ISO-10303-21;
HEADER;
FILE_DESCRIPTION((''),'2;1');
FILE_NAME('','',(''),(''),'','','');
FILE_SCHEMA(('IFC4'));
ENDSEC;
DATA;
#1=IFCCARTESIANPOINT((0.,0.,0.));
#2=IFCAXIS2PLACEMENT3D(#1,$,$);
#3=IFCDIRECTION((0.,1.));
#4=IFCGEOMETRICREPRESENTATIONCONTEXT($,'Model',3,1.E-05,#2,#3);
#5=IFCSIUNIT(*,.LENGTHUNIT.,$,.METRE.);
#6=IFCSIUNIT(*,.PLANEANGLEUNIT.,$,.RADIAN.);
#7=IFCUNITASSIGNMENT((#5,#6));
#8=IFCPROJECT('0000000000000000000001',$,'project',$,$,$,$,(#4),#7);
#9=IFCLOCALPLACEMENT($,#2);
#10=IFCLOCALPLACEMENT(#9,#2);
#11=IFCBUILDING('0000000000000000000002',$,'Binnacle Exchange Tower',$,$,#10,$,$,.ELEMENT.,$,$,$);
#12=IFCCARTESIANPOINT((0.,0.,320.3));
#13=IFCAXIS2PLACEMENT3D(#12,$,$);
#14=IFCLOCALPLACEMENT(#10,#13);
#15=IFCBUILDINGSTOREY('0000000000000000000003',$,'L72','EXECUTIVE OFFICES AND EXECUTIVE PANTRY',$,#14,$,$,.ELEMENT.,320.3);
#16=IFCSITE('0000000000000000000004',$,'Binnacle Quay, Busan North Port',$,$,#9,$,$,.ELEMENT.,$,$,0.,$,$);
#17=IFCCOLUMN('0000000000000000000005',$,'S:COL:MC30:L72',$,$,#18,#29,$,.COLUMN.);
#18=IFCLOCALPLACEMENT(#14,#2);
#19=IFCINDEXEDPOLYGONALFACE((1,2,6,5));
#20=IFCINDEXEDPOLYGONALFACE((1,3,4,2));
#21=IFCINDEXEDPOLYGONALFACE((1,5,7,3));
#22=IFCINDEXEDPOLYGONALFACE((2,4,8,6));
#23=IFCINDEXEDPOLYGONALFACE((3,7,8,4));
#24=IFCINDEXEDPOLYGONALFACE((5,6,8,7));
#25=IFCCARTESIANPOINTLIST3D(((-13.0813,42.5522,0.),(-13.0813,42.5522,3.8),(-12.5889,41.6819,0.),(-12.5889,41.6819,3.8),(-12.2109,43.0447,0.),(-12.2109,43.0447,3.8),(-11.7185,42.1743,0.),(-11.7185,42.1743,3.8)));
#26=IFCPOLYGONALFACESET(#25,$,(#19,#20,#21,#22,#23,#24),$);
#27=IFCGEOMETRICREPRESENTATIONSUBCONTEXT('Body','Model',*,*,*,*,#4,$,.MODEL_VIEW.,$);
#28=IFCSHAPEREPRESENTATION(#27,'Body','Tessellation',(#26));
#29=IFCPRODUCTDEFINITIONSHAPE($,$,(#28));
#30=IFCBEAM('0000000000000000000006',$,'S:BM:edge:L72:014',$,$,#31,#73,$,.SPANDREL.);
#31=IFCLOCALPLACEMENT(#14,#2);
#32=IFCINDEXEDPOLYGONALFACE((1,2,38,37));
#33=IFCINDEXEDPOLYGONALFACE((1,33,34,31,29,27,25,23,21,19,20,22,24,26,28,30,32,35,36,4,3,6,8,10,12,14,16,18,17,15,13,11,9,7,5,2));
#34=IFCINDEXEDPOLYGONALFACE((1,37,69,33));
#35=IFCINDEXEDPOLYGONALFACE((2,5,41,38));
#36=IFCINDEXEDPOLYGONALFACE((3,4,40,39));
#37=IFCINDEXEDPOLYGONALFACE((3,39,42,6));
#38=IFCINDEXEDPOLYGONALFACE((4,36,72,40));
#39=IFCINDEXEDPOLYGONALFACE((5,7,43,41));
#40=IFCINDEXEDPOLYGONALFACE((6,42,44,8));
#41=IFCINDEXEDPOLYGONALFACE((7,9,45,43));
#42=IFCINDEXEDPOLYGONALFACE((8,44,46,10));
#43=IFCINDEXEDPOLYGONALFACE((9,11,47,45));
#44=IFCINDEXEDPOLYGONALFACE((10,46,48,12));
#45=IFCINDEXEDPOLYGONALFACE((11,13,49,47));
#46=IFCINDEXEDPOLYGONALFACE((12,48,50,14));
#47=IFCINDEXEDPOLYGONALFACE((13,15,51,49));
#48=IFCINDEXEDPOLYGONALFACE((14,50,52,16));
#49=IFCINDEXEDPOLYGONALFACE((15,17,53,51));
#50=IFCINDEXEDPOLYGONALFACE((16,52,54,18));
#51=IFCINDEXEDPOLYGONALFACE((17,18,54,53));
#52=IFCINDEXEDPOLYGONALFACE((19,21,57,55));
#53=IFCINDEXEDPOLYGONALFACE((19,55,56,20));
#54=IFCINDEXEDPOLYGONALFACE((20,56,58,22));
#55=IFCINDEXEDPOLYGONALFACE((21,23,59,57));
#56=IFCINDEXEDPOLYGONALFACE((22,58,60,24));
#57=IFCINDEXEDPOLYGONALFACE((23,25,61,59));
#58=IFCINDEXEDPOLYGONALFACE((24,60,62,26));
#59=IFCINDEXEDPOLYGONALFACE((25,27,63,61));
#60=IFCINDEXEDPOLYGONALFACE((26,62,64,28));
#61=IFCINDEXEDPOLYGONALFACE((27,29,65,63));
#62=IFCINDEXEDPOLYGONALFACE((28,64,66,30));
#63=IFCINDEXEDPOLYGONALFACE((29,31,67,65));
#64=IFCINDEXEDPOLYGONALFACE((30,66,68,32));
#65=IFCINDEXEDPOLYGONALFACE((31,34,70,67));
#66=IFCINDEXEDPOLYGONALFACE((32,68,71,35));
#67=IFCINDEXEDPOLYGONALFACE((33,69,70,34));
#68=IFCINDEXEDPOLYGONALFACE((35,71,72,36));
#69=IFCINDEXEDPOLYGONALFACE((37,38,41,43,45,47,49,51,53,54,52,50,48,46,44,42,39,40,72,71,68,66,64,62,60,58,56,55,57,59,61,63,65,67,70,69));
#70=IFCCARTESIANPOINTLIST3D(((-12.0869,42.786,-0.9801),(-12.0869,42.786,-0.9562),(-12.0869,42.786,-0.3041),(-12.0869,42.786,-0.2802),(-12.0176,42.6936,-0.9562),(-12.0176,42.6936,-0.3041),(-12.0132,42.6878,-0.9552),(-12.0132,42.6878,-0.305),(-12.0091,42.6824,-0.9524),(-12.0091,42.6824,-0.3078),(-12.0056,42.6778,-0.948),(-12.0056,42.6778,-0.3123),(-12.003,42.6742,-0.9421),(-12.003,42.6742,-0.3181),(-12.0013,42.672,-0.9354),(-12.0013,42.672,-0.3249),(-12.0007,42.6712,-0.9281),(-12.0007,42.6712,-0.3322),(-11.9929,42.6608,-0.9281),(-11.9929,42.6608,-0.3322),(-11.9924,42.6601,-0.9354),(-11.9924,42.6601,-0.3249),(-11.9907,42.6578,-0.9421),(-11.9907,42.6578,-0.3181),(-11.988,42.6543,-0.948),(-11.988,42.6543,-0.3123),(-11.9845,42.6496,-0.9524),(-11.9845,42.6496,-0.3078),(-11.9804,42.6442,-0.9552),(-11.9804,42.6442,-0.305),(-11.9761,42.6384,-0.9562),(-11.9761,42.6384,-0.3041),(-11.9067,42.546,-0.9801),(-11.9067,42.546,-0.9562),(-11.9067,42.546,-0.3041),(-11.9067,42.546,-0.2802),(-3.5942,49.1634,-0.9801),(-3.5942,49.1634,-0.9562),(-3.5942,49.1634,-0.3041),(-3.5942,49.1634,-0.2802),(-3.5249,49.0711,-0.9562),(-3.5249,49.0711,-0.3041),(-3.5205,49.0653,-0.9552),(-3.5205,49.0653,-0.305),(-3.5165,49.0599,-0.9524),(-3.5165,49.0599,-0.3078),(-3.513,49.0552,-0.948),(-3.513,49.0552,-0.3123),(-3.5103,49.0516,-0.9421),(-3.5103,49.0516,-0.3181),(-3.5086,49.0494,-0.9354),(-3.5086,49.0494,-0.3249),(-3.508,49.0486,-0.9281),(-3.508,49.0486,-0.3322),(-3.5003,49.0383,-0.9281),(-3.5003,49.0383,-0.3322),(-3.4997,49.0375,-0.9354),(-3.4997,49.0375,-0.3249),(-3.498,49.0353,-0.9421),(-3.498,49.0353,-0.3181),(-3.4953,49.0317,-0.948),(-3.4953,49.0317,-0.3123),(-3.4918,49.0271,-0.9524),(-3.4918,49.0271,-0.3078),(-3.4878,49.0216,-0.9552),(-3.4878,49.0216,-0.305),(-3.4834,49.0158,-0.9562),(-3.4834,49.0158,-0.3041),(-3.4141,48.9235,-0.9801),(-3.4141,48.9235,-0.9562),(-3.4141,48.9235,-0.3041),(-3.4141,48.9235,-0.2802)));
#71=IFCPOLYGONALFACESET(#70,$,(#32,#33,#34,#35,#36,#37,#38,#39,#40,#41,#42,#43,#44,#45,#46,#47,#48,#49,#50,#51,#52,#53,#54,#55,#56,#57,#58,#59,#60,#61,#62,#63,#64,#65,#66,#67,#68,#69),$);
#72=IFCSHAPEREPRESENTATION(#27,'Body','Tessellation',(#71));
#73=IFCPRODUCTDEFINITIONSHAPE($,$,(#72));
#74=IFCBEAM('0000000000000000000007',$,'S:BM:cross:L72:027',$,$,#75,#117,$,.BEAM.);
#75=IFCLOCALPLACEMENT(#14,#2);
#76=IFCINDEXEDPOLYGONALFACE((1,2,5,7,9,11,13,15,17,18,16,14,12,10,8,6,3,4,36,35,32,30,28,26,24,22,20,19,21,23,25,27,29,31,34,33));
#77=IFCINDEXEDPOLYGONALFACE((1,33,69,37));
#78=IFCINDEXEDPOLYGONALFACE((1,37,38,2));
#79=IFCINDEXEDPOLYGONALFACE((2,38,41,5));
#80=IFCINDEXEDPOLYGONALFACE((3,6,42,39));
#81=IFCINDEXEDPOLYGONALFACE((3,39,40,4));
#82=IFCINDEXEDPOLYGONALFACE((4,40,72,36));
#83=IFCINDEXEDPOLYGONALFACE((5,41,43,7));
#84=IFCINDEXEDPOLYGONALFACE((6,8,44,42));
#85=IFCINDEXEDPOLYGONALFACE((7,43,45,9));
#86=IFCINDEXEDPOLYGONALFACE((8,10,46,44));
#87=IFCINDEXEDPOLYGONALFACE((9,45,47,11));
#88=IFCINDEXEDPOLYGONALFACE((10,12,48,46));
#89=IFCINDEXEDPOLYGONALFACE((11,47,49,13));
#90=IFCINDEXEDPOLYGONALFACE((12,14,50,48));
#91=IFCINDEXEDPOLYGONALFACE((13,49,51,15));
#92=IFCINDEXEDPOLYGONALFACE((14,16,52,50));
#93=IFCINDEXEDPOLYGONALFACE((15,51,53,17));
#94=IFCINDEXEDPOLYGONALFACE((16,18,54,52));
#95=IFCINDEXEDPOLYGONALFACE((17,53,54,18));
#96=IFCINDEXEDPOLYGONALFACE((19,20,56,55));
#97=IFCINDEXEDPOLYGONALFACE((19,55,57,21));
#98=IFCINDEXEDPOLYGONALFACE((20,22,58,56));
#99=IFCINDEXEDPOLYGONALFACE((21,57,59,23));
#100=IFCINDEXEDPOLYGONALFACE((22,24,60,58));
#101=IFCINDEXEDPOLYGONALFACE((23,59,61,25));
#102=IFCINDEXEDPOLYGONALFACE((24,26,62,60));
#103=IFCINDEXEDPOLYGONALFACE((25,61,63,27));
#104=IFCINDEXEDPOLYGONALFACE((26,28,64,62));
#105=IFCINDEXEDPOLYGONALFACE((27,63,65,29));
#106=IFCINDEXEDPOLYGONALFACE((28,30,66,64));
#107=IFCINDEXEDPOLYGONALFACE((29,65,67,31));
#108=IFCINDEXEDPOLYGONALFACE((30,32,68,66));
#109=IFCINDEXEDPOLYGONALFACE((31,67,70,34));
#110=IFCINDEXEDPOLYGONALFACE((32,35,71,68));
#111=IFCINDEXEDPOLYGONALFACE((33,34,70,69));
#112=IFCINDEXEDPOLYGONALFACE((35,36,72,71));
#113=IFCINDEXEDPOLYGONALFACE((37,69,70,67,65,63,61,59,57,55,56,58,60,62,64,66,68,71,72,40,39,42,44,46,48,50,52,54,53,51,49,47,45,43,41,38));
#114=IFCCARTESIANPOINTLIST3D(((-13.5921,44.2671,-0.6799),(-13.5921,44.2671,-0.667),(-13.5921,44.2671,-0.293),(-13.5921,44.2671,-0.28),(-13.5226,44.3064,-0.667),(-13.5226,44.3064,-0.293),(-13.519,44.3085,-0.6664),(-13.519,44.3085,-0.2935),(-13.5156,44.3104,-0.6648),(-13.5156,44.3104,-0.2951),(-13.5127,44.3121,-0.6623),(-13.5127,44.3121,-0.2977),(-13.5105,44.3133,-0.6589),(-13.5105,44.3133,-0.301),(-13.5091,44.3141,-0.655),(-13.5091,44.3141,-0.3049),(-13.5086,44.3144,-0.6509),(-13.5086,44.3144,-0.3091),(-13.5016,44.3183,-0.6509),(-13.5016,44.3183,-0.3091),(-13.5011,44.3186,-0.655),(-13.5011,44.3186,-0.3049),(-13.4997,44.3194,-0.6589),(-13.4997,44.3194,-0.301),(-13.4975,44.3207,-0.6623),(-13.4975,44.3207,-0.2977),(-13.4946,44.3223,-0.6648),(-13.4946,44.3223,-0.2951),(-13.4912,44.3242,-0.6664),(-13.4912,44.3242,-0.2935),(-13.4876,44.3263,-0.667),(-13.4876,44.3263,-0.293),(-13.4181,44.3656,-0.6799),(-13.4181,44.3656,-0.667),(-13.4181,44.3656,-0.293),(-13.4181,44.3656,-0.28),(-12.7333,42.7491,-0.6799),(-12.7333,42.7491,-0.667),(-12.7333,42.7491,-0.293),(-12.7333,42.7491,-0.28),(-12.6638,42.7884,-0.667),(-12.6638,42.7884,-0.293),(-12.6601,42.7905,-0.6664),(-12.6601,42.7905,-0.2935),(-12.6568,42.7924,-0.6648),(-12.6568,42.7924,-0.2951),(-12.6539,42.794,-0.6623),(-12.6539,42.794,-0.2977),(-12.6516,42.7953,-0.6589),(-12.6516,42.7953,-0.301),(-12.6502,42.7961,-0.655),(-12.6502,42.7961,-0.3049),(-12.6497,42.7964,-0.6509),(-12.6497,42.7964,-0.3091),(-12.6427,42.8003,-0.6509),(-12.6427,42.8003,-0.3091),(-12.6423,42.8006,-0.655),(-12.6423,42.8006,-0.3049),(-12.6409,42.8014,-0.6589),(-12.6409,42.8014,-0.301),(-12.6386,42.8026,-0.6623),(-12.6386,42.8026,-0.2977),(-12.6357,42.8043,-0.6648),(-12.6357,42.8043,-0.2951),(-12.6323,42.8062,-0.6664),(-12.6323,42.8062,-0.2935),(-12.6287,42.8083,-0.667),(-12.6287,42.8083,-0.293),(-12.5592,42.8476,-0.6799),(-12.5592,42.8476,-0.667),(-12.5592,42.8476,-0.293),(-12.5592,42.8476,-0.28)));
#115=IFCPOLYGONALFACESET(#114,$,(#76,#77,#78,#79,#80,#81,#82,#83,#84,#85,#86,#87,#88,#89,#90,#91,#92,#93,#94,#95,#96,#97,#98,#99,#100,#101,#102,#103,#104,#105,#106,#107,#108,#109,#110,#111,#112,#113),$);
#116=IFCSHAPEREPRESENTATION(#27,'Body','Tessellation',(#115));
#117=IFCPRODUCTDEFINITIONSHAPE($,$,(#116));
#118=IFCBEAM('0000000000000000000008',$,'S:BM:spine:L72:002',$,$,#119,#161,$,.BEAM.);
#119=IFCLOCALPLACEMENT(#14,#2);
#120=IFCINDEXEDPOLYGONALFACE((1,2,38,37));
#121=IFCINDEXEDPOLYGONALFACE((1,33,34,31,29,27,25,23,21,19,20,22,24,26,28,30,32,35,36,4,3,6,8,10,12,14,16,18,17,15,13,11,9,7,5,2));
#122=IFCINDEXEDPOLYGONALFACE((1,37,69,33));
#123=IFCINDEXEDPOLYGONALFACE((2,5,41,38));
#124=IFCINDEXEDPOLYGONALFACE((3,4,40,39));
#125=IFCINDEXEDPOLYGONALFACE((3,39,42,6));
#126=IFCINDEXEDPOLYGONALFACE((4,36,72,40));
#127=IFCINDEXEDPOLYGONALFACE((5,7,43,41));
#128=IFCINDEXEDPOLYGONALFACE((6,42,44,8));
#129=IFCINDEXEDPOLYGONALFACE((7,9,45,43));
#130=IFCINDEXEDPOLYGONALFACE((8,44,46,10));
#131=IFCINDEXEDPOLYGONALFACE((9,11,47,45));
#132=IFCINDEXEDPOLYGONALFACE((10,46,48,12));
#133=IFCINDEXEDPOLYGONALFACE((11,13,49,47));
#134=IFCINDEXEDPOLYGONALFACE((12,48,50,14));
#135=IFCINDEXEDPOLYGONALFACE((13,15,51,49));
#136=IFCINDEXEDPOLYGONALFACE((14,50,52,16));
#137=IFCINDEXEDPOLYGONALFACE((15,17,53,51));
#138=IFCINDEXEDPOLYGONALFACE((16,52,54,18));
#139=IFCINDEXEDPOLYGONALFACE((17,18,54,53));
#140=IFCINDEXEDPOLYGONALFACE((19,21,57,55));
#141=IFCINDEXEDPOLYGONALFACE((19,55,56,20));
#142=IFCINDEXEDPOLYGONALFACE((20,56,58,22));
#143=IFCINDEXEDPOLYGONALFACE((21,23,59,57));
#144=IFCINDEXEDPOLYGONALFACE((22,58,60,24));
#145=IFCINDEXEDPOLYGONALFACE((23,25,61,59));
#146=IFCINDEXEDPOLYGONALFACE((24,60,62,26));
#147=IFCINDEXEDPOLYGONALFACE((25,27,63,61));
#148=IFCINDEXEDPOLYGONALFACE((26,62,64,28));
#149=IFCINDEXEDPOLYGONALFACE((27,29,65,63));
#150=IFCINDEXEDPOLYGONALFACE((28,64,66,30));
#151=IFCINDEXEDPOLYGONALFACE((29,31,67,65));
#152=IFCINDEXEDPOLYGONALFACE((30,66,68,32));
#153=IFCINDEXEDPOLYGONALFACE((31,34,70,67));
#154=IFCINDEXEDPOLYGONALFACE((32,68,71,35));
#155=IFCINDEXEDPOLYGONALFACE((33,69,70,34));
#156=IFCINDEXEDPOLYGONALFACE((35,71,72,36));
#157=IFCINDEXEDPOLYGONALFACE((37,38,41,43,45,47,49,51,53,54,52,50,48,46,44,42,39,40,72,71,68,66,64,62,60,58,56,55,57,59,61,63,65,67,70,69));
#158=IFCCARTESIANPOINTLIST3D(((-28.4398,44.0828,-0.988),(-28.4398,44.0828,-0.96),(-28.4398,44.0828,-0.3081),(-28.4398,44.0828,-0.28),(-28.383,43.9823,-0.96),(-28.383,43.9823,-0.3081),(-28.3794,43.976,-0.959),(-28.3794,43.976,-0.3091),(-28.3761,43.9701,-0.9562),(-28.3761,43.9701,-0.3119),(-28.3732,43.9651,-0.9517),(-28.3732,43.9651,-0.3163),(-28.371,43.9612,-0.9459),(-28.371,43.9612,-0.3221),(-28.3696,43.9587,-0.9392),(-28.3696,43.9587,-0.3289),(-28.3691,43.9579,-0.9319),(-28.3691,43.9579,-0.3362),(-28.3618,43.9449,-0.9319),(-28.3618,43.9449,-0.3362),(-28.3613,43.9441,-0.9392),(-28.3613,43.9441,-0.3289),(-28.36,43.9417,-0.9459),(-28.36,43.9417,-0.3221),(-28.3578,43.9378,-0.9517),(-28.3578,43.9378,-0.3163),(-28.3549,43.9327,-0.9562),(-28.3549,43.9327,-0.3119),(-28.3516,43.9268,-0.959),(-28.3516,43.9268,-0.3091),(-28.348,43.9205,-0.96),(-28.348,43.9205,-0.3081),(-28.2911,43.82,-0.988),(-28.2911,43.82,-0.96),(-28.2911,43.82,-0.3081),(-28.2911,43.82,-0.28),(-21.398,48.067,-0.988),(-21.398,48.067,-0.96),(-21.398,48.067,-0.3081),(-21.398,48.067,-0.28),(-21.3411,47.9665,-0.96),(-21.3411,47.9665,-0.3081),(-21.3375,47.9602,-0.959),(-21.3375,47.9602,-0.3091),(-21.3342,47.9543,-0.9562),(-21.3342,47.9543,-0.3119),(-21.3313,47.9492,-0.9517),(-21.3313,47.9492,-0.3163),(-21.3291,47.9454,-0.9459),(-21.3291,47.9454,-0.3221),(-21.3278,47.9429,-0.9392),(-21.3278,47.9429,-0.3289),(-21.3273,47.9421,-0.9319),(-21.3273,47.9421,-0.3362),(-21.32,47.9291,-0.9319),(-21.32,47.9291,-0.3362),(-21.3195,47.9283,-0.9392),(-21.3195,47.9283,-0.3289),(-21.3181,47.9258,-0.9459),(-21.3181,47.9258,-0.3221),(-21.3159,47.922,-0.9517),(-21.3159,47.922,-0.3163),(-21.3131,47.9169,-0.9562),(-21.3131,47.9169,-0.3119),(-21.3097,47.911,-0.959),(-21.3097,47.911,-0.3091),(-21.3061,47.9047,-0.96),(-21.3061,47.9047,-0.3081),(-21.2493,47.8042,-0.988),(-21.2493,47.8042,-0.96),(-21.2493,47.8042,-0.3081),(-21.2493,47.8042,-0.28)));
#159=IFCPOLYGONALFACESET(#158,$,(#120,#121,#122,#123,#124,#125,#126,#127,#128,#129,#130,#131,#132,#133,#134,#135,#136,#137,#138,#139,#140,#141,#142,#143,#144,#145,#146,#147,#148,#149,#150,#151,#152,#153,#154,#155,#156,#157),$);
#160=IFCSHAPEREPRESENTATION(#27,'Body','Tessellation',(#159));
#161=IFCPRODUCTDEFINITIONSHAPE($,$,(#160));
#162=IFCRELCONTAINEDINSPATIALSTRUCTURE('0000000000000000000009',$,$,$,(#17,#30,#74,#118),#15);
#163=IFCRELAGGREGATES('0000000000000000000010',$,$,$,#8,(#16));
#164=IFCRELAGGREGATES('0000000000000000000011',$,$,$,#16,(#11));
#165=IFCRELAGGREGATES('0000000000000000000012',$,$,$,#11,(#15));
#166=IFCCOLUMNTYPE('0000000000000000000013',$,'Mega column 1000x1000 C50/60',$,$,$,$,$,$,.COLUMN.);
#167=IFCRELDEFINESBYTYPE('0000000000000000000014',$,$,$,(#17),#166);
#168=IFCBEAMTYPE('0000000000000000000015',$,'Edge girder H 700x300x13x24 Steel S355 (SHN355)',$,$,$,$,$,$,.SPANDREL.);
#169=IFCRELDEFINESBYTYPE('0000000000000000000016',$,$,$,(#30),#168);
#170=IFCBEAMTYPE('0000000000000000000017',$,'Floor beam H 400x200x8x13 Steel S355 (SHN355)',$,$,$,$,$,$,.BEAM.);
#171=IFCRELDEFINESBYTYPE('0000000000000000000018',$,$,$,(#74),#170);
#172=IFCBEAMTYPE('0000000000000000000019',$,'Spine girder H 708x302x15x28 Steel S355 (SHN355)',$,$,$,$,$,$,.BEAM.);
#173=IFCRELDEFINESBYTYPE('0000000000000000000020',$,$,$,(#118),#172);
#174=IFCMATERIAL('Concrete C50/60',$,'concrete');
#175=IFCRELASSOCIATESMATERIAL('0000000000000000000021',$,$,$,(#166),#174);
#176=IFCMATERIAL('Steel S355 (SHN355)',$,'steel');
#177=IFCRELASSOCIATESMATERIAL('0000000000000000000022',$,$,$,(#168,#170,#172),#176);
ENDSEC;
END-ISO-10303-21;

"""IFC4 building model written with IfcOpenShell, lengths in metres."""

from ifc_helpers import new_model, si_unit, direction, frame, origin, origin_2d, place, context, subcontext, project, spatial, rectangle, i_section, extrude, material, material_profile, profile_set, type_object, element, save


model = new_model("IFC4")

# Units and contexts
model_context = context("Model", 3, precision=1e-05, world=origin(), true_north=direction((0.0, 1.0)))
body_context = subcontext(model_context, "Body", "Model", "MODEL_VIEW")
ifc_project = project(units=[si_unit("LENGTHUNIT", "METRE"), si_unit("PLANEANGLEUNIT", "RADIAN")], contexts=[model_context])

# Site, building, storey
site_placement = place(None, origin())
site = spatial("IfcSite", under=ifc_project, at=site_placement, Name="Binnacle Quay, Busan North Port", CompositionType="ELEMENT", RefElevation=0.0)
building_placement = place(site_placement, origin())
building = spatial("IfcBuilding", under=site, at=building_placement, Name="Binnacle Exchange Tower", CompositionType="ELEMENT")
storey_placement = place(building_placement, frame((0.0, 0.0, 320.3)))
storey = spatial("IfcBuildingStorey", under=building, at=storey_placement, Name="L72", Description="EXECUTIVE OFFICES AND EXECUTIVE PANTRY", CompositionType="ELEMENT", Elevation=320.3)

# Column
ifc_material_1 = material(Name="Concrete C50/60", Category="concrete")
ifc_material_profile_1 = material_profile(ifc_material_1, rectangle(XDim=1.0, YDim=1.0, at=origin_2d()), Name="Mega column 1000x1000 C50/60")
ifc_profile_set_1 = profile_set([ifc_material_profile_1], Name="Concrete C50/60")
column_type = type_object("IfcColumnType", Name="Mega column 1000x1000 C50/60", PredefinedType="COLUMN", material=ifc_profile_set_1)
column_placement = place(storey_placement, frame((-12.3999, 42.3633, 0.0), z_axis=(0.0, 0.0, 1.0), x_axis=(0.870356, 0.492424, 0.0)))
element("IfcColumn", 1, at=column_placement, inside=storey, type_object=column_type, Name="S:COL:MC30:L72", PredefinedType="COLUMN", context=body_context, shape_type="SweptSolid", body=[
    extrude(rectangle(XDim=1.0, YDim=1.0, at=origin_2d()), origin(), (0.0, 0.0, 1.0), 3.8),
])

# Beams
ifc_material_2 = material(Name="Steel S355 (SHN355)", Category="steel")
ifc_material_profile_2 = material_profile(ifc_material_2, i_section(OverallWidth=0.3, OverallDepth=0.7, WebThickness=0.0129, FlangeThickness=0.0239, FilletRadius=0.0281, at=origin_2d()), Name="H 700x300x13x24")
ifc_profile_set_2 = profile_set([ifc_material_profile_2], Name="Steel S355 (SHN355)")
beam_type_1 = type_object("IfcBeamType", Name="Edge girder H 700x300x13x24 Steel S355 (SHN355)", PredefinedType="SPANDREL", material=ifc_profile_set_2)
beam_1_placement = place(storey_placement, frame((-11.9968, 42.666, -0.6301), z_axis=(0.799641, 0.600478, 0.0), x_axis=(-0.600478, 0.799641, 0.0)))
element("IfcBeam", 2, at=beam_1_placement, inside=storey, type_object=beam_type_1, Name="S:BM:edge:L72:014", PredefinedType="SPANDREL", context=body_context, shape_type="SweptSolid", body=[
    extrude(i_section(OverallWidth=0.3, OverallDepth=0.7, WebThickness=0.0129, FlangeThickness=0.0239, FilletRadius=0.0281, at=origin_2d()), origin(), (0.0, 0.0, 1.0), 10.6206),
])
ifc_material_profile_3 = material_profile(ifc_material_2, i_section(OverallWidth=0.2, OverallDepth=0.3999, WebThickness=0.0081, FlangeThickness=0.0129, FilletRadius=0.0161, at=origin_2d()), Name="H 400x200x8x13")
ifc_profile_set_3 = profile_set([ifc_material_profile_3], Name="Steel S355 (SHN355)")
beam_type_2 = type_object("IfcBeamType", Name="Floor beam H 400x200x8x13 Steel S355 (SHN355)", PredefinedType="BEAM", material=ifc_profile_set_3)
beam_2_placement = place(storey_placement, frame((-12.6462, 42.7983, -0.48), z_axis=(-0.492426, 0.870354, 0.0), x_axis=(-0.870354, -0.492426, 0.0)))
element("IfcBeam", 3, at=beam_2_placement, inside=storey, type_object=beam_type_2, Name="S:BM:cross:L72:027", PredefinedType="BEAM", context=body_context, shape_type="SweptSolid", body=[
    extrude(i_section(OverallWidth=0.2, OverallDepth=0.3999, WebThickness=0.0081, FlangeThickness=0.0129, FilletRadius=0.0161, at=origin_2d()), origin(), (0.0, 0.0, 1.0), 1.7441),
])
ifc_material_profile_4 = material_profile(ifc_material_2, i_section(OverallWidth=0.302, OverallDepth=0.708, WebThickness=0.0149, FlangeThickness=0.0281, FilletRadius=0.0281, at=origin_2d()), Name="H 708x302x15x28")
ifc_profile_set_4 = profile_set([ifc_material_profile_4], Name="Steel S355 (SHN355)")
beam_type_3 = type_object("IfcBeamType", Name="Spine girder H 708x302x15x28 Steel S355 (SHN355)", PredefinedType="BEAM", material=ifc_profile_set_4)
beam_3_placement = place(storey_placement, frame((-28.3655, 43.9514, -0.634), z_axis=(0.87035, 0.492433, 0.0), x_axis=(-0.492433, 0.87035, 0.0)))
element("IfcBeam", 4, at=beam_3_placement, inside=storey, type_object=beam_type_3, Name="S:BM:spine:L72:002", PredefinedType="BEAM", context=body_context, shape_type="SweptSolid", body=[
    extrude(i_section(OverallWidth=0.302, OverallDepth=0.708, WebThickness=0.0149, FlangeThickness=0.0281, FilletRadius=0.0281, at=origin_2d()), origin(), (0.0, 0.0, 1.0), 8.0908),
])

save(model, "model.ifc")
